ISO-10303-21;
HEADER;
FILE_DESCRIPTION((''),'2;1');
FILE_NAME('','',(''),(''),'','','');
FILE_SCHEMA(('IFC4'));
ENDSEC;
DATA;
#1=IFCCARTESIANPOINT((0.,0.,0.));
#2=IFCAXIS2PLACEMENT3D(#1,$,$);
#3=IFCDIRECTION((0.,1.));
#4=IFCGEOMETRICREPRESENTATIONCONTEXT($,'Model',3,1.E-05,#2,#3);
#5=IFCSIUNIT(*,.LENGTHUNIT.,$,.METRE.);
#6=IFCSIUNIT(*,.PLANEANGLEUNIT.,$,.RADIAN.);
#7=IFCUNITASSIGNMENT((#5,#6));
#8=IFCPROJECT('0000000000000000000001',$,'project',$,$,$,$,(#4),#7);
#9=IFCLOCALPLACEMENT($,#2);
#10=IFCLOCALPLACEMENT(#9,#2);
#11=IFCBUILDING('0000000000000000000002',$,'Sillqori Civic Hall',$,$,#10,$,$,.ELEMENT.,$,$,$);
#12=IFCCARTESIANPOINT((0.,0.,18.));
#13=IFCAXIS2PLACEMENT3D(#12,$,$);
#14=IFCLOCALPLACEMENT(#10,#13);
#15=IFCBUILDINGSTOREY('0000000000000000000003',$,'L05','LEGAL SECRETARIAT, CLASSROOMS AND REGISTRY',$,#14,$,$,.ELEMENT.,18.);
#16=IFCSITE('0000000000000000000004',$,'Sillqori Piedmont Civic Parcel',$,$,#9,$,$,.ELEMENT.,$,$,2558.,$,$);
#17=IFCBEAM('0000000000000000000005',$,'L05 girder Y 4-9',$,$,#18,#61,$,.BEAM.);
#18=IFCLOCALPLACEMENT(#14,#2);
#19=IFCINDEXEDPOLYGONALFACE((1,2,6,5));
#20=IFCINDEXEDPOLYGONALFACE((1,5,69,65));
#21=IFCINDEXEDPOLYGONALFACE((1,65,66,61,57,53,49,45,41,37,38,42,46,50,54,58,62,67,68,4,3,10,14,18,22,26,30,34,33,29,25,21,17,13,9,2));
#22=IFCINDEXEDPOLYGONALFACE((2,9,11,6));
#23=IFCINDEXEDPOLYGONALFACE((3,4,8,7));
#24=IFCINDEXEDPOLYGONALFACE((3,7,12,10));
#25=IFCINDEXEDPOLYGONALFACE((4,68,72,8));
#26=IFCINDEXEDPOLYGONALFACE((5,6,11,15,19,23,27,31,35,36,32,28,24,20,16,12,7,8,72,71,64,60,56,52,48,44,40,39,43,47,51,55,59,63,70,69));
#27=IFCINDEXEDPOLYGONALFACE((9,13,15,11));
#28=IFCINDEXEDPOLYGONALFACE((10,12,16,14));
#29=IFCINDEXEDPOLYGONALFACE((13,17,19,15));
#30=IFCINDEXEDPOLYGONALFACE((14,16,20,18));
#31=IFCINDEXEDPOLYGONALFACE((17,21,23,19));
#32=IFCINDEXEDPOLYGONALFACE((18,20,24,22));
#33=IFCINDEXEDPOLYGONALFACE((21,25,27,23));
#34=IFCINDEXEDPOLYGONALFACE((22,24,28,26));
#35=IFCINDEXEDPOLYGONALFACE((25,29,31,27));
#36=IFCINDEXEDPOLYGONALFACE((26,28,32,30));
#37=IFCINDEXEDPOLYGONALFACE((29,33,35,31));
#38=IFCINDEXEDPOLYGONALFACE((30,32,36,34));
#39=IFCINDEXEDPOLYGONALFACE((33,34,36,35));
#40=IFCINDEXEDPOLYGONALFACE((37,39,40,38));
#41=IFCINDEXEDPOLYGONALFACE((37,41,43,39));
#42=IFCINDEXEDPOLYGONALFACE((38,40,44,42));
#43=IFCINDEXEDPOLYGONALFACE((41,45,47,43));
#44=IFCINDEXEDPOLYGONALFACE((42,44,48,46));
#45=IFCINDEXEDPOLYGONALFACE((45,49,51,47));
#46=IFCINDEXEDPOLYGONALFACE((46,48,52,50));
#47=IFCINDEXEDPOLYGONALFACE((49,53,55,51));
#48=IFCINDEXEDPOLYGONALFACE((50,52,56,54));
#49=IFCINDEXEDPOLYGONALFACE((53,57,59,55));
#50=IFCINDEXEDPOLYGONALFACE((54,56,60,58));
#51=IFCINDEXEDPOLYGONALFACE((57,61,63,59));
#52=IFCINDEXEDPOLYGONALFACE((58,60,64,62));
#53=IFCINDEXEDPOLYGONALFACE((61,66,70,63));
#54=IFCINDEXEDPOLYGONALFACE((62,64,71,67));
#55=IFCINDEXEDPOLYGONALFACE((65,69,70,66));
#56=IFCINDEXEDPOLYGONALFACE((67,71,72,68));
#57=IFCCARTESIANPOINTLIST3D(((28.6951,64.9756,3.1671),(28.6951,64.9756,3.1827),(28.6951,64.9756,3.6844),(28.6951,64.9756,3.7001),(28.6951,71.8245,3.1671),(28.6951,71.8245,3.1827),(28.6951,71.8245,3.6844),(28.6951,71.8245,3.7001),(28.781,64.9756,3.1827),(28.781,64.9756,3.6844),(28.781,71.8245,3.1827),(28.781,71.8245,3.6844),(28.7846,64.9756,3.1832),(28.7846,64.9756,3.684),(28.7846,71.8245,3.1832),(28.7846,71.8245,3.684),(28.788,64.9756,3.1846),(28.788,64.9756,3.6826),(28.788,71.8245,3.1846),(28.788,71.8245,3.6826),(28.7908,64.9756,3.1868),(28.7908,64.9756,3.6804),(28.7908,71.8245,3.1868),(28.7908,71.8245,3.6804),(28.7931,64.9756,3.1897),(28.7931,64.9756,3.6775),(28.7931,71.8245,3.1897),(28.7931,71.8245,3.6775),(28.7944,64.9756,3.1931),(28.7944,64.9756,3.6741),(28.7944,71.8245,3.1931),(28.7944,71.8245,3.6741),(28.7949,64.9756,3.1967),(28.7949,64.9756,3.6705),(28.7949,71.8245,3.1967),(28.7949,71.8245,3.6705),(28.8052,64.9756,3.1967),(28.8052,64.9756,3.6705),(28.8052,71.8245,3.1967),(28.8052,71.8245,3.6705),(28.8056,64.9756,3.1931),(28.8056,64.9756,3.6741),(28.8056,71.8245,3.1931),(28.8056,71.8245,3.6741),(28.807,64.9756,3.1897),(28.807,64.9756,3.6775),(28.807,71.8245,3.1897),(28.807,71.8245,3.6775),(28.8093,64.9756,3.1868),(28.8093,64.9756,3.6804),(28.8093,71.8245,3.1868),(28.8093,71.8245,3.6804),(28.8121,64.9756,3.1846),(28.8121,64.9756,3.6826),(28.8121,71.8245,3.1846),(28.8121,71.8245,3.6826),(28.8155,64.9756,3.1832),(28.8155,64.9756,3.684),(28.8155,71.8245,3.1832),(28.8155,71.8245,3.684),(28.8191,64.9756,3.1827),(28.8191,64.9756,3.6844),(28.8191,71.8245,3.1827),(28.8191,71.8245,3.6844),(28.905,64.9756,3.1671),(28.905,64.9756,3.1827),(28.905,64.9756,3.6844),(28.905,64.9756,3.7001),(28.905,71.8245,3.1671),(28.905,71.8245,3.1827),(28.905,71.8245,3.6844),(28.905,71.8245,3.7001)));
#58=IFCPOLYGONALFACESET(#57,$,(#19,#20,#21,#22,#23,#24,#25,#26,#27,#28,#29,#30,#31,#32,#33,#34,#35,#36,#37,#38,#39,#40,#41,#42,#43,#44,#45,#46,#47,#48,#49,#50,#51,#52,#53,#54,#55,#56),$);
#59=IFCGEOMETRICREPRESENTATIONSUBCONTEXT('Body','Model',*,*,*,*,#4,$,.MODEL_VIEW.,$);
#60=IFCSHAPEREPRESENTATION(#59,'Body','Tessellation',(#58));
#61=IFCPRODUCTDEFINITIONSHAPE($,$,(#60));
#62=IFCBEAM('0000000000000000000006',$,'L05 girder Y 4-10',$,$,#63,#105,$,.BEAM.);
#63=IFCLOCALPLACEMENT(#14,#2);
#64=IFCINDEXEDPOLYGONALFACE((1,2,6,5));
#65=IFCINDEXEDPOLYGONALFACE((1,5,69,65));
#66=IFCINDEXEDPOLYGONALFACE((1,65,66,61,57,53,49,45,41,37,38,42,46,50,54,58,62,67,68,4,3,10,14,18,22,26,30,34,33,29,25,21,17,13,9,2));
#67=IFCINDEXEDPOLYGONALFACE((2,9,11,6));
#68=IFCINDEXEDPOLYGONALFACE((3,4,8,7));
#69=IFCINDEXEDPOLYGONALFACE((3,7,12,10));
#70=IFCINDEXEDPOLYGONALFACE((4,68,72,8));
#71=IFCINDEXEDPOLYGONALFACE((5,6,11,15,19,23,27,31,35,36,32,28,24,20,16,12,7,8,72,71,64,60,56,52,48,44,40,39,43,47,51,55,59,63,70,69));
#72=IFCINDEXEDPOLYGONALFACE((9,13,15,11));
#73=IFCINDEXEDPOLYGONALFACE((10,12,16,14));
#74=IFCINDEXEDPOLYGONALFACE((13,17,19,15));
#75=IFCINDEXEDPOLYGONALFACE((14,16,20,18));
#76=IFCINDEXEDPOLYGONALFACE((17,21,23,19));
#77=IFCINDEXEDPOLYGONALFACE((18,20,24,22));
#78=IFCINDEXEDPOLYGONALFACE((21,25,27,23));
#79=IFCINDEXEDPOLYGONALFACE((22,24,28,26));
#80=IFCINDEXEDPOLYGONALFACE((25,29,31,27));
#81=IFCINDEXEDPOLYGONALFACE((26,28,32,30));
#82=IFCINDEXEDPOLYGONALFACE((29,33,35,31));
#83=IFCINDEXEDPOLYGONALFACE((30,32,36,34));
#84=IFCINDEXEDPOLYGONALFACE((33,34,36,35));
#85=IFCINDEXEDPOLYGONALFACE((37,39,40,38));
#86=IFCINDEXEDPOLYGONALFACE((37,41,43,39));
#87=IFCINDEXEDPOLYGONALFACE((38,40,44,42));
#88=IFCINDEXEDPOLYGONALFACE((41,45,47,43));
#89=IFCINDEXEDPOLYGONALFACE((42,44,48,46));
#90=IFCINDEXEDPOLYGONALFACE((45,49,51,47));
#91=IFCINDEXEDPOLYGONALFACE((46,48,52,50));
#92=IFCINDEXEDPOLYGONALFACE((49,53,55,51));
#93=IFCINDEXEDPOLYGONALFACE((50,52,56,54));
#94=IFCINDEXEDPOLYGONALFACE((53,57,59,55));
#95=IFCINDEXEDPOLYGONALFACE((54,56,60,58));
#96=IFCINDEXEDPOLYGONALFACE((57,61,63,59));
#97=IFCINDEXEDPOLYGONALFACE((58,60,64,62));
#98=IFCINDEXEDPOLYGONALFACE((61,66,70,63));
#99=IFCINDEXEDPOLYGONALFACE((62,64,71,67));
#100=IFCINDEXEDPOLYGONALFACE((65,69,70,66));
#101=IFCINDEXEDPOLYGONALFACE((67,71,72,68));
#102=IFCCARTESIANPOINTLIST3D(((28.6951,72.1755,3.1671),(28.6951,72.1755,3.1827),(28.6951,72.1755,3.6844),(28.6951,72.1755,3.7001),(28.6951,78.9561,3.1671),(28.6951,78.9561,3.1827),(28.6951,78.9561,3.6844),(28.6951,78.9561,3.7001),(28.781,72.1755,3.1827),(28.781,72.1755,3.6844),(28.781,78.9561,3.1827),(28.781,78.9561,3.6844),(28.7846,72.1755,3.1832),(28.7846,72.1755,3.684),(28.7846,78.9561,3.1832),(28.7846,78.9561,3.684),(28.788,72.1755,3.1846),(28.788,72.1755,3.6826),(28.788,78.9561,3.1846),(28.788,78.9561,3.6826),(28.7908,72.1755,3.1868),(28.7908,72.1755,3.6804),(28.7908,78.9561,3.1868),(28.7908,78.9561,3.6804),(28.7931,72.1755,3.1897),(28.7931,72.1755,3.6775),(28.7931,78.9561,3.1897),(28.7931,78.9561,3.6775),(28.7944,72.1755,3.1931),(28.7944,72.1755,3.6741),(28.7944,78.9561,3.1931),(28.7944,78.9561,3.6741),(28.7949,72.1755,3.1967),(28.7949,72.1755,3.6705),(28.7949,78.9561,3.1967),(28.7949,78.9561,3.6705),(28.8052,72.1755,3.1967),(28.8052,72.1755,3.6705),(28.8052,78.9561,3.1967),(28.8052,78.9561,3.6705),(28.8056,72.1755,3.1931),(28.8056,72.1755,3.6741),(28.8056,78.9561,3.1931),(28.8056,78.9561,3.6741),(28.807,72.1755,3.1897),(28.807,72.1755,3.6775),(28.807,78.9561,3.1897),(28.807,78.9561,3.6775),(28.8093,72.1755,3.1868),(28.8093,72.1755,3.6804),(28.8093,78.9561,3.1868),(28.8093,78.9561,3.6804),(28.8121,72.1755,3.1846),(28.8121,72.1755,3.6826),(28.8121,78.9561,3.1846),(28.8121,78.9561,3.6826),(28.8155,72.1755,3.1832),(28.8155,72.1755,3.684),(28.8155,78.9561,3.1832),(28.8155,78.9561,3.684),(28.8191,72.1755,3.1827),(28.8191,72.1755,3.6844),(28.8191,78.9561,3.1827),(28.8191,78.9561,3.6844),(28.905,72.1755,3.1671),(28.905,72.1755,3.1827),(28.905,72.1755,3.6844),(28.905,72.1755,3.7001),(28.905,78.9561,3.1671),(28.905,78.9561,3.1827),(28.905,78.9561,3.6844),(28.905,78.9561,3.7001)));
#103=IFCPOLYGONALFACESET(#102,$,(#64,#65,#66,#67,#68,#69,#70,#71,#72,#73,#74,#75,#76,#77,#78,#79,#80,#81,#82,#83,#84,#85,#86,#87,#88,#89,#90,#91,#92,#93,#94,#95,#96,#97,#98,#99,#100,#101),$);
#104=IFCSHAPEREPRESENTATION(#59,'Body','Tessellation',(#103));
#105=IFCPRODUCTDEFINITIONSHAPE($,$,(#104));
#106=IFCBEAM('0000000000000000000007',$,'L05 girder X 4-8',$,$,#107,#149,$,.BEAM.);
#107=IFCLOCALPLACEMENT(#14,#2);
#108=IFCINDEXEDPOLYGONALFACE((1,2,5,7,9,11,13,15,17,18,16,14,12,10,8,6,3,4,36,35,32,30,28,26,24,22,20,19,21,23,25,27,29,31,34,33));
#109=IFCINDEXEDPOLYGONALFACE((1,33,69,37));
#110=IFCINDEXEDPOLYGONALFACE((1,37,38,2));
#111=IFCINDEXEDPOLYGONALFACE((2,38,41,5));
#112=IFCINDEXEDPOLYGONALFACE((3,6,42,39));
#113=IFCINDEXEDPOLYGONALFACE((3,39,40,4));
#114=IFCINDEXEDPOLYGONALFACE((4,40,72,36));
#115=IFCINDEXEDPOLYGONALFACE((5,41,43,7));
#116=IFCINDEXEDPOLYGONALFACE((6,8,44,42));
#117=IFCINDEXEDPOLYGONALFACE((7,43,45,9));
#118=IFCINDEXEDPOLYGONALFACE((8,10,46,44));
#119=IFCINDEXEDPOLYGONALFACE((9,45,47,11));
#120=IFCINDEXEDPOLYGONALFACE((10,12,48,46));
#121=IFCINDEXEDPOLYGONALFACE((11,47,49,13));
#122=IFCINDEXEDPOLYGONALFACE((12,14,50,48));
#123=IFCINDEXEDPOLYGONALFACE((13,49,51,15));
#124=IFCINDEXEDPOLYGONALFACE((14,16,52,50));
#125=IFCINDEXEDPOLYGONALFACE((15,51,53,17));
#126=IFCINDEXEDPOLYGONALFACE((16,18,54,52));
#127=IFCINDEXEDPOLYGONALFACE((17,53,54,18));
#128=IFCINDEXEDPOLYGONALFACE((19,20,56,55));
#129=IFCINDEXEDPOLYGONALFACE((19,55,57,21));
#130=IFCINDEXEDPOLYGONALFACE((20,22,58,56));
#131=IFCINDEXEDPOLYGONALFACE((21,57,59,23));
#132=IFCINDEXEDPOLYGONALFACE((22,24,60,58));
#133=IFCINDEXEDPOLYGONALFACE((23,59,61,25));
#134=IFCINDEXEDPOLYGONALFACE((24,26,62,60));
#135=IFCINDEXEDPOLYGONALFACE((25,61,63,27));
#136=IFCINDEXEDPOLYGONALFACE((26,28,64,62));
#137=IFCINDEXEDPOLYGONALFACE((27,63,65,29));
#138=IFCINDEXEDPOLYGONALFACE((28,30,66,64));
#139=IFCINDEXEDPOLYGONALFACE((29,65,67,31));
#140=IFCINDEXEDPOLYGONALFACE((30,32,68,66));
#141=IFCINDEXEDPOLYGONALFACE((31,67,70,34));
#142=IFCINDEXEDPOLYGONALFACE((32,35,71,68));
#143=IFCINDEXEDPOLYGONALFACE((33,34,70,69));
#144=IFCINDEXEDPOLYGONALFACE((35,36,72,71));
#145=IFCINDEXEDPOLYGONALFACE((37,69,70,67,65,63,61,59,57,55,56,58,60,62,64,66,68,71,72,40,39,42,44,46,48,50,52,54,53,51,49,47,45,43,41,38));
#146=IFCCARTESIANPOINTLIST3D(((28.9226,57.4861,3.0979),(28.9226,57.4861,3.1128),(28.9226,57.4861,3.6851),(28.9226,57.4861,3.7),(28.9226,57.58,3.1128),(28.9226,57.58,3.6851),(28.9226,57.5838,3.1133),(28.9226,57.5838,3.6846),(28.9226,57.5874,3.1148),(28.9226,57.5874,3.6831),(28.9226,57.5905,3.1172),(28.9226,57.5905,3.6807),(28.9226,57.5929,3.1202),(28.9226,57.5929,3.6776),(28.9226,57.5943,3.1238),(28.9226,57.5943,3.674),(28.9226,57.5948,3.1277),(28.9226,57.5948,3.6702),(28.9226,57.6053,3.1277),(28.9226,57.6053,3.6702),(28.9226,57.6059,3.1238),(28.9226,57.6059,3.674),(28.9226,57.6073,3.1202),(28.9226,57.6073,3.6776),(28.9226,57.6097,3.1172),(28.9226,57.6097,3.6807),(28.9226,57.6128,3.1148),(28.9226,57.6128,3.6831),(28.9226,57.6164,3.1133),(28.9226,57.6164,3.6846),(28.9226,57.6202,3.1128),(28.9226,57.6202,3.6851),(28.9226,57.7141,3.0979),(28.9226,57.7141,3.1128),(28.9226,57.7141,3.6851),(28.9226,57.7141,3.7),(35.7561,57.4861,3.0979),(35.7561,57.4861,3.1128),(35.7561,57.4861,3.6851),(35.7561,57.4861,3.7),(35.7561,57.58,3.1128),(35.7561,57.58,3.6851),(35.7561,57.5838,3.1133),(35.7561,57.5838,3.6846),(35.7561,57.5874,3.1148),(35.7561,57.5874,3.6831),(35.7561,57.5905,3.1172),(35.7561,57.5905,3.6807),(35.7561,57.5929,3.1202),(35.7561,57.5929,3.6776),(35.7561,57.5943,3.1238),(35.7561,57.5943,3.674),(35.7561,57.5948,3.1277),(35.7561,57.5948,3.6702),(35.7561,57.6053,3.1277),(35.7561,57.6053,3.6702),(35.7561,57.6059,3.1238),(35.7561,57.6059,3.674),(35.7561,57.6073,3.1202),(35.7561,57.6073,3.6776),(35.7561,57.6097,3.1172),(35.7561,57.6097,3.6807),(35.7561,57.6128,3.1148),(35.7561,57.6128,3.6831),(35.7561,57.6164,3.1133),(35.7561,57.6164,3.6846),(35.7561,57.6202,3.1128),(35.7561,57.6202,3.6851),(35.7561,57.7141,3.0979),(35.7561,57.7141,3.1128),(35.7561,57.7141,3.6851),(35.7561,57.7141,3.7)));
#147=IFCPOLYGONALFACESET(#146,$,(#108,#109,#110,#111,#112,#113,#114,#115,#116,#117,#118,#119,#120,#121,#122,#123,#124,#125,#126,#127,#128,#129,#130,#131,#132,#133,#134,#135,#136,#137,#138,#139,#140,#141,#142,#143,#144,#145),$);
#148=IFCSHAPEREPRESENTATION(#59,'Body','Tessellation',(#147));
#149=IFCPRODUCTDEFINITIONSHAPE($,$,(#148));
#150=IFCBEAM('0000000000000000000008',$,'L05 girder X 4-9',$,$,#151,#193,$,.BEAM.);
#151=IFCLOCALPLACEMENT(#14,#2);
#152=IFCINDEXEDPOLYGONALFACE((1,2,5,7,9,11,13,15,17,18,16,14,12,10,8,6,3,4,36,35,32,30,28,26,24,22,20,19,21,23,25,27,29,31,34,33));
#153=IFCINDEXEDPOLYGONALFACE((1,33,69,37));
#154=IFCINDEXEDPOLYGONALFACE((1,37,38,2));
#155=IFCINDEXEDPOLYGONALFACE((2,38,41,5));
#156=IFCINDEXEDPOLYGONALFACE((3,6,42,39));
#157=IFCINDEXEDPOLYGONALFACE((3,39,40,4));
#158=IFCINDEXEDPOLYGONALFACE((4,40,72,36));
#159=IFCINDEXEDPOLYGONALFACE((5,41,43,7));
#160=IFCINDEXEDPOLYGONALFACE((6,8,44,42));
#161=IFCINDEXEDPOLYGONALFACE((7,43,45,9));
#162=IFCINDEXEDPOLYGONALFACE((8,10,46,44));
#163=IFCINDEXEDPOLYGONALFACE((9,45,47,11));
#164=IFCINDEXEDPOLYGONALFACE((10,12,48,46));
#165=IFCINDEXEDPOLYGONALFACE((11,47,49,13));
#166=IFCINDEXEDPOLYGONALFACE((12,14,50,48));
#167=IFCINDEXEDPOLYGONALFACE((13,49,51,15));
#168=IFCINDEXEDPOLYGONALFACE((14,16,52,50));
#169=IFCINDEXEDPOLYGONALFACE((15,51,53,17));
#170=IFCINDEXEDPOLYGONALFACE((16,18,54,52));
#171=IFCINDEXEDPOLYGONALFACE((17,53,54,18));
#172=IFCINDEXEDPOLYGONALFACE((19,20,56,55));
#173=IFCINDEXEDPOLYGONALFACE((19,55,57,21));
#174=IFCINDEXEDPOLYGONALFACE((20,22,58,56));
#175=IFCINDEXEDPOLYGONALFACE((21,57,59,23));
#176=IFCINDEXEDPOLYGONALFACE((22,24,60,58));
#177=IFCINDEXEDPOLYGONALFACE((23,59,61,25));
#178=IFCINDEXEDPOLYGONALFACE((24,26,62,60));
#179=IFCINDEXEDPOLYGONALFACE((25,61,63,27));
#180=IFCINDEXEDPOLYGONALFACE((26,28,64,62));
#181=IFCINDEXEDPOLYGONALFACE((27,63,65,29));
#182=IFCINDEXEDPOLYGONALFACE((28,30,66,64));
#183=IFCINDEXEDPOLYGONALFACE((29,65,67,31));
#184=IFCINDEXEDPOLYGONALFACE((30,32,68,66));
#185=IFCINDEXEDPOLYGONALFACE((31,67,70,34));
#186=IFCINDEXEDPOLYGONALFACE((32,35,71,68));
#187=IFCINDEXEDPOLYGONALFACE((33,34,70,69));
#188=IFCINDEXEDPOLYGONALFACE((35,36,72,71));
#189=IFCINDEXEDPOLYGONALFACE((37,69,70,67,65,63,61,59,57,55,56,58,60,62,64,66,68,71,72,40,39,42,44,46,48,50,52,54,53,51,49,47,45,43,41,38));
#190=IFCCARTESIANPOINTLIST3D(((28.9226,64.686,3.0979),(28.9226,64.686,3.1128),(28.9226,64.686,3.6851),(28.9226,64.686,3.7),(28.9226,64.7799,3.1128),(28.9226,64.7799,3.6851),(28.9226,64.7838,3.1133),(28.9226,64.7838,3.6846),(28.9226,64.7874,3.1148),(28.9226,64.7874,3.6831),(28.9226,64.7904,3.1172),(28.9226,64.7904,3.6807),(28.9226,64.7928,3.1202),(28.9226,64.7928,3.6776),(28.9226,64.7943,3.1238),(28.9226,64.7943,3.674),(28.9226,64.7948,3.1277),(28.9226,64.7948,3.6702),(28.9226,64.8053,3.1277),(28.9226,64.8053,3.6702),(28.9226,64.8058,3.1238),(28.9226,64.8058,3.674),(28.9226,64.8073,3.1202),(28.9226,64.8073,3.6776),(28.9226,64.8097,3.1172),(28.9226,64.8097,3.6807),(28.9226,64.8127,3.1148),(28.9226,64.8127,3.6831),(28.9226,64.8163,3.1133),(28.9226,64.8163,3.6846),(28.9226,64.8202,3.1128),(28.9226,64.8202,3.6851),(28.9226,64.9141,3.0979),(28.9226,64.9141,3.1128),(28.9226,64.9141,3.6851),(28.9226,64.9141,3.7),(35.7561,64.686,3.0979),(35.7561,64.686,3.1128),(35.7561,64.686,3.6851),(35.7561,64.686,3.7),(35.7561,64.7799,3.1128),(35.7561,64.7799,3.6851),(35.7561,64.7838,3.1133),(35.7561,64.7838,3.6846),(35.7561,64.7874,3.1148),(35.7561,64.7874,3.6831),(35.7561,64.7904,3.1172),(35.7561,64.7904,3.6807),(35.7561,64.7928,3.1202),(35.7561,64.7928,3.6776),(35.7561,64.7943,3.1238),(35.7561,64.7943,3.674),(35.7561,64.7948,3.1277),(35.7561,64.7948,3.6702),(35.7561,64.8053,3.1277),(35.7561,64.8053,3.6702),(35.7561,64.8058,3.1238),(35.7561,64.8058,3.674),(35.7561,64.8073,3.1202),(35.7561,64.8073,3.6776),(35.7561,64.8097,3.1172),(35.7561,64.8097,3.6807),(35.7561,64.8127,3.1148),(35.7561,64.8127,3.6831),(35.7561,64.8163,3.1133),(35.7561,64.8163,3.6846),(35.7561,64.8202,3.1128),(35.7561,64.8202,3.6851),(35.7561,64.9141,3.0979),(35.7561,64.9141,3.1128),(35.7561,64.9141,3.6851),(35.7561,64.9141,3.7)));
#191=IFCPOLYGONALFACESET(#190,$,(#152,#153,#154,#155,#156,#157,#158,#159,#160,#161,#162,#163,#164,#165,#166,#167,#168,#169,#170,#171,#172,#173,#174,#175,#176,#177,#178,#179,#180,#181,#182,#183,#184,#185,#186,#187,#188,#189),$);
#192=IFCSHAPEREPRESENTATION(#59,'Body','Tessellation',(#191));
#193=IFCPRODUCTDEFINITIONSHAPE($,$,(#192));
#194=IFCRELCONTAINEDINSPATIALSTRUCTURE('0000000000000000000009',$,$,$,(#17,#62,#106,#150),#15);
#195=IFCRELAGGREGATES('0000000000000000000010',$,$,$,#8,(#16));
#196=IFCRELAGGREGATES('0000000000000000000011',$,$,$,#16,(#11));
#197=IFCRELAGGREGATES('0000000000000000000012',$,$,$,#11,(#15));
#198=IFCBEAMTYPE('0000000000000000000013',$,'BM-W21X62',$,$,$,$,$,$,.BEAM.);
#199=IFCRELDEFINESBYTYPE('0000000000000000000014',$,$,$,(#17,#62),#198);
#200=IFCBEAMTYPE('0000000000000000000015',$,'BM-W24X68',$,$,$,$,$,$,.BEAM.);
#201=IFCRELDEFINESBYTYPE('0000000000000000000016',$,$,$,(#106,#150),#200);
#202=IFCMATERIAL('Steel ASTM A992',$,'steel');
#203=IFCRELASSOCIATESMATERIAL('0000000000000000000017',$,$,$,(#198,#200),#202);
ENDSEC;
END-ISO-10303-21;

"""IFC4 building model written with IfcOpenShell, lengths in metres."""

from ifc_helpers import new_model, si_unit, direction, frame, origin, origin_2d, place, context, subcontext, project, spatial, i_section, extrude, material, material_profile, profile_set, type_object, element, save


model = new_model("IFC4")

# Units and contexts
model_context = context("Model", 3, precision=1e-05, world=origin(), true_north=direction((0.0, 1.0)))
body_context = subcontext(model_context, "Body", "Model", "MODEL_VIEW")
ifc_project = project(units=[si_unit("LENGTHUNIT", "METRE"), si_unit("PLANEANGLEUNIT", "RADIAN")], contexts=[model_context])

# Site, building, storey
site_placement = place(None, origin())
site = spatial("IfcSite", under=ifc_project, at=site_placement, Name="Sillqori Piedmont Civic Parcel", CompositionType="ELEMENT", RefElevation=2558.0)
building_placement = place(site_placement, origin())
building = spatial("IfcBuilding", under=site, at=building_placement, Name="Sillqori Civic Hall", CompositionType="ELEMENT")
storey_placement = place(building_placement, frame((0.0, 0.0, 18.0)))
storey = spatial("IfcBuildingStorey", under=building, at=storey_placement, Name="L05", Description="LEGAL SECRETARIAT, CLASSROOMS AND REGISTRY", CompositionType="ELEMENT", Elevation=18.0)

# Shared definitions
ifc_material_1 = material(Name="Steel ASTM A992", Category="steel")

# Beams
ifc_material_profile_1 = material_profile(ifc_material_1, i_section(OverallWidth=0.21, OverallDepth=0.533, WebThickness=0.0103, FlangeThickness=0.0156, FilletRadius=0.0139, at=origin_2d()), Name="W21X62")
ifc_profile_set_1 = profile_set([ifc_material_profile_1], Name="Steel ASTM A992")
beam_type_1 = type_object("IfcBeamType", Name="BM-W21X62", PredefinedType="BEAM", material=ifc_profile_set_1)
beam_1_placement = place(storey_placement, frame((28.8, 64.9756, 3.4336), z_axis=(0.0, 1.0, 0.0), x_axis=(-1.0, 0.0, 0.0)))
element("IfcBeam", 1, at=beam_1_placement, inside=storey, type_object=beam_type_1, Name="L05 girder Y 4-9", PredefinedType="BEAM", context=body_context, shape_type="SweptSolid", body=[
    extrude(i_section(OverallWidth=0.21, OverallDepth=0.533, WebThickness=0.0103, FlangeThickness=0.0156, FilletRadius=0.0139, at=origin_2d()), origin(), (0.0, 0.0, 1.0), 6.8489),
])
beam_2_placement = place(storey_placement, frame((28.8, 72.1755, 3.4336), z_axis=(0.0, 1.0, 0.0), x_axis=(-1.0, 0.0, 0.0)))
element("IfcBeam", 2, at=beam_2_placement, inside=storey, type_object=beam_type_1, Name="L05 girder Y 4-10", PredefinedType="BEAM", context=body_context, shape_type="SweptSolid", body=[
    extrude(i_section(OverallWidth=0.21, OverallDepth=0.533, WebThickness=0.0103, FlangeThickness=0.0156, FilletRadius=0.0139, at=origin_2d()), origin(), (0.0, 0.0, 1.0), 6.7805),
])
ifc_material_profile_2 = material_profile(ifc_material_1, i_section(OverallWidth=0.228, OverallDepth=0.6021, WebThickness=0.0105, FlangeThickness=0.0149, FilletRadius=0.0149, at=origin_2d()), Name="W24X68")
ifc_profile_set_2 = profile_set([ifc_material_profile_2], Name="Steel ASTM A992")
beam_type_2 = type_object("IfcBeamType", Name="BM-W24X68", PredefinedType="BEAM", material=ifc_profile_set_2)
for number, where, z_axis, x_axis, name in (
    (3, (28.9226, 57.6001, 3.3989), (1.0, 0.0, 0.0), (0.0, 1.0, 0.0), "L05 girder X 4-8"),
    (4, (28.9226, 64.8, 3.3989), (1.0, 0.0, 0.0), (0.0, 1.0, 0.0), "L05 girder X 4-9"),
):
    element("IfcBeam", number, at=place(storey_placement, frame(where, z_axis=z_axis, x_axis=x_axis)), inside=storey, type_object=beam_type_2, Name=name, PredefinedType="BEAM", context=body_context, shape_type="SweptSolid", body=[
        extrude(i_section(OverallWidth=0.228, OverallDepth=0.6021, WebThickness=0.0105, FlangeThickness=0.0149, FilletRadius=0.0149, at=origin_2d()), origin(), (0.0, 0.0, 1.0), 6.8335),
    ])

save(model, "model.ifc")
